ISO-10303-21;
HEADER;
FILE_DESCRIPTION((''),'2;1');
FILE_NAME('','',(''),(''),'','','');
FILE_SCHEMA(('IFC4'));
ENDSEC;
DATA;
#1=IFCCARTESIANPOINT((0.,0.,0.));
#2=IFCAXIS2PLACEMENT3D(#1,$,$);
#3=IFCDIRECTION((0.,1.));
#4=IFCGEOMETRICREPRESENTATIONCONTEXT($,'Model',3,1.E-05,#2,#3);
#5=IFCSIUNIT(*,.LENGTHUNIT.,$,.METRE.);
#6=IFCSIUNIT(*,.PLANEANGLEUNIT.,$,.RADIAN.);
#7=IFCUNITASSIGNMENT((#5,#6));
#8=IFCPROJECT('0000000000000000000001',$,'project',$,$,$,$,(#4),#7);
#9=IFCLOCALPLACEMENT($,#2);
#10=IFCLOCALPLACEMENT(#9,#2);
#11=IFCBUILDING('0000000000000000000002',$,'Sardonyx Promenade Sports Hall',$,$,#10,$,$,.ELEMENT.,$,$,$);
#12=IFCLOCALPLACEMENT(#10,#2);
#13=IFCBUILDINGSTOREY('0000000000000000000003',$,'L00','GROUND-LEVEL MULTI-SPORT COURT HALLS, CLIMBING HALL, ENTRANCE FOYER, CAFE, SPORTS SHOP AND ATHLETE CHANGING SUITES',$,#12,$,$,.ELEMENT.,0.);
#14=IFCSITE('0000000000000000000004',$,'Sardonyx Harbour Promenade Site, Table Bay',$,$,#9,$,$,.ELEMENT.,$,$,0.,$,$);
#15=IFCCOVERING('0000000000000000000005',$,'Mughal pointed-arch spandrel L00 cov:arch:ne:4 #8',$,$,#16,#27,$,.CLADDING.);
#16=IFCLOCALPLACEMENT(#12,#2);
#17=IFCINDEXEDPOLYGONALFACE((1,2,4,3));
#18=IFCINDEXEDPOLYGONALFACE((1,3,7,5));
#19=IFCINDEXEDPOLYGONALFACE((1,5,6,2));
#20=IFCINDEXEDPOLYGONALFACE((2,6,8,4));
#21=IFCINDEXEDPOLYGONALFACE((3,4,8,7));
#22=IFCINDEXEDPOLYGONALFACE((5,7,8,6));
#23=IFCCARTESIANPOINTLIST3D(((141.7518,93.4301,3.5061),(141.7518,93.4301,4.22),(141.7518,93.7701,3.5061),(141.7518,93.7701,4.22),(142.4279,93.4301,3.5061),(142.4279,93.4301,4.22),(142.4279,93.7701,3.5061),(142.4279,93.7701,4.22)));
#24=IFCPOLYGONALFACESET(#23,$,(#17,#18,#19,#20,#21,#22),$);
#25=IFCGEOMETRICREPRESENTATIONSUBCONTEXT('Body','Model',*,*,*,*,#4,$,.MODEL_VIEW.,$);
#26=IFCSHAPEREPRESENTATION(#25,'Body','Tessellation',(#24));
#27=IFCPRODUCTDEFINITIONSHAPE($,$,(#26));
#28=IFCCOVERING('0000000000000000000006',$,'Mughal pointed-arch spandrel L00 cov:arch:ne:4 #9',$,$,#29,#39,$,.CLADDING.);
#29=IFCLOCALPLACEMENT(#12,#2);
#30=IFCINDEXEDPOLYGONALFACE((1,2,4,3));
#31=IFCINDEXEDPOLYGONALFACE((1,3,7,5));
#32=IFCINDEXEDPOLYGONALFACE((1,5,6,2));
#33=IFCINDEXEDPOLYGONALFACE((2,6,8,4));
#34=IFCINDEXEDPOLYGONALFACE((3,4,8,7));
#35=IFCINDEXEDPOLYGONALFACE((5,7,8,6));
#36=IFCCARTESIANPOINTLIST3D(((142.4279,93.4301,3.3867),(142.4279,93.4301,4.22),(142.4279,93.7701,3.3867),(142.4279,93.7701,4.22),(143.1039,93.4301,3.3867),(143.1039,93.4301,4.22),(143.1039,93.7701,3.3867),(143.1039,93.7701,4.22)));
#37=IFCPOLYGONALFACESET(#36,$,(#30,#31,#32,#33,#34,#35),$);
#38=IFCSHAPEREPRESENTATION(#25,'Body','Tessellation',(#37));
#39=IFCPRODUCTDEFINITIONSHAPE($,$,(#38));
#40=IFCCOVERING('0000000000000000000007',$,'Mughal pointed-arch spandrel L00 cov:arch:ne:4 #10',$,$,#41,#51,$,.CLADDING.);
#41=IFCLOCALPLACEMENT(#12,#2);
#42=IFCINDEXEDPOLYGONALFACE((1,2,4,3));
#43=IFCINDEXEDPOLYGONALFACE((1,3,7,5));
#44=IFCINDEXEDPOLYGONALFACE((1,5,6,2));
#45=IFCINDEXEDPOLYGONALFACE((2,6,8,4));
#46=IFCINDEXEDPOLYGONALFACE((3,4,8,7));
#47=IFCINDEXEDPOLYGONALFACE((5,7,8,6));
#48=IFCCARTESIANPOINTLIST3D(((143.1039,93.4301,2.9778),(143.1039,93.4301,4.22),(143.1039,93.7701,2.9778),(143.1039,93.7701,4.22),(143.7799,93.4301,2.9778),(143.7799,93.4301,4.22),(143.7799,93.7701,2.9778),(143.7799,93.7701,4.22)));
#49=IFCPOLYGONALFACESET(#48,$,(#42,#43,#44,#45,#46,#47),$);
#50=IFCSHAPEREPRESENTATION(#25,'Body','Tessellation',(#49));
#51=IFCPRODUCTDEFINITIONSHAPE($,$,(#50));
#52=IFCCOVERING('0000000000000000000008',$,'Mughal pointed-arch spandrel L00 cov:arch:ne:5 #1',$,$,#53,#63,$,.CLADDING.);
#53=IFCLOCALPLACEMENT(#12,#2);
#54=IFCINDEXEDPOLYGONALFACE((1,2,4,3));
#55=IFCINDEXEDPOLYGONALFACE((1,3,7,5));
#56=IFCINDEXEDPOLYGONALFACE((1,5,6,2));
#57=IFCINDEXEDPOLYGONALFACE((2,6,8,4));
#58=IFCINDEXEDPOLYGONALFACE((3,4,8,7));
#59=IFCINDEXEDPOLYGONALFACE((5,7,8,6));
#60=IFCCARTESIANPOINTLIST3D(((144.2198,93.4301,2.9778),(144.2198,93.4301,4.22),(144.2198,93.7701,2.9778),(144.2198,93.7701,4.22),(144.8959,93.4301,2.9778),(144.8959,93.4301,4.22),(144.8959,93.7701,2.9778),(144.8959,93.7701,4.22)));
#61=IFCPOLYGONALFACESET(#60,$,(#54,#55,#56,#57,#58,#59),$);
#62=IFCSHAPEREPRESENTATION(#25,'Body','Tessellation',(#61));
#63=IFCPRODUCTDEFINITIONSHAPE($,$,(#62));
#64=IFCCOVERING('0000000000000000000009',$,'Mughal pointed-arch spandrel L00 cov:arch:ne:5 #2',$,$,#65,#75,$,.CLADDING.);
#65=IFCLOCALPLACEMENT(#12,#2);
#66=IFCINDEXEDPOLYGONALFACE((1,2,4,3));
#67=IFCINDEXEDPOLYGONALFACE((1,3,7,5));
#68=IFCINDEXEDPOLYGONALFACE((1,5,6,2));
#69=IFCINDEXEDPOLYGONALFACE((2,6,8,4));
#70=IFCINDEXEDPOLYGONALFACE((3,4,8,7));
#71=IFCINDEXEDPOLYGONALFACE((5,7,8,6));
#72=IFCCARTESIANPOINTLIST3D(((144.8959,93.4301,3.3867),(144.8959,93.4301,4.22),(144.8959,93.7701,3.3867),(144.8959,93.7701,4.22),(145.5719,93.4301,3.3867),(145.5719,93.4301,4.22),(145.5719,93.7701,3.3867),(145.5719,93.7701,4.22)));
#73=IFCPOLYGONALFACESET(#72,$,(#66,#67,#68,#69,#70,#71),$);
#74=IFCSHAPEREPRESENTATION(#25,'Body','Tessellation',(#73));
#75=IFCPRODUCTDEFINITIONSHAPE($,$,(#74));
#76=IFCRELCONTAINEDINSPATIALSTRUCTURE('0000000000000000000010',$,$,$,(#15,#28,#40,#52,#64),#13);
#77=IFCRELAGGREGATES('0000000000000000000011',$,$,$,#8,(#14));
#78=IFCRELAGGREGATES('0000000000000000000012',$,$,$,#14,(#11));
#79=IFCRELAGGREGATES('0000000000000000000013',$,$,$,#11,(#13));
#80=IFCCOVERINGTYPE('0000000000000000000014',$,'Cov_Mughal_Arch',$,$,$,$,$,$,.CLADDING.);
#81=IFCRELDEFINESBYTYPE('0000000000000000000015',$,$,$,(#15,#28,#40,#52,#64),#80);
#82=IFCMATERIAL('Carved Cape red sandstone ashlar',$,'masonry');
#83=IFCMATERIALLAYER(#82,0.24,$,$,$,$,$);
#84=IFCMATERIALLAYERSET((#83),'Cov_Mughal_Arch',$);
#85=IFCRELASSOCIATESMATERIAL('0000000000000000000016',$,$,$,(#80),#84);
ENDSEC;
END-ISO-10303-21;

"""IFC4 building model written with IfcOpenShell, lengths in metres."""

from ifc_helpers import new_model, si_unit, direction, frame, frame_2d, origin, place, context, subcontext, project, spatial, rectangle, extrude, material, layer, layer_set, type_object, element, save


model = new_model("IFC4")

# Units and contexts
model_context = context("Model", 3, precision=1e-05, world=origin(), true_north=direction((0.0, 1.0)))
body_context = subcontext(model_context, "Body", "Model", "MODEL_VIEW")
ifc_project = project(units=[si_unit("LENGTHUNIT", "METRE"), si_unit("PLANEANGLEUNIT", "RADIAN")], contexts=[model_context])

# Site, building, storey
site_placement = place(None, origin())
site = spatial("IfcSite", under=ifc_project, at=site_placement, Name="Sardonyx Harbour Promenade Site, Table Bay", CompositionType="ELEMENT", RefElevation=0.0)
building_placement = place(site_placement, origin())
building = spatial("IfcBuilding", under=site, at=building_placement, Name="Sardonyx Promenade Sports Hall", CompositionType="ELEMENT")
storey_placement = place(building_placement, origin())
storey = spatial("IfcBuildingStorey", under=building, at=storey_placement, Name="L00", Description="GROUND-LEVEL MULTI-SPORT COURT HALLS, CLIMBING HALL, ENTRANCE FOYER, CAFE, SPORTS SHOP AND ATHLETE CHANGING SUITES", CompositionType="ELEMENT", Elevation=0.0)

# Coverings
ifc_material_1 = material(Name="Carved Cape red sandstone ashlar", Category="masonry")
ifc_layer_1 = layer(ifc_material_1, 0.24)
ifc_layer_set_1 = layer_set([ifc_layer_1], Name="Cov_Mughal_Arch")
covering_type = type_object("IfcCoveringType", Name="Cov_Mughal_Arch", PredefinedType="CLADDING", material=ifc_layer_set_1)
covering_1_placement = place(storey_placement, frame((141.752, 93.6001, 3.5061), z_axis=(0.0, 0.0, 1.0), x_axis=(1.0, 0.0, 0.0)))
element("IfcCovering", 1, at=covering_1_placement, inside=storey, type_object=covering_type, Name="Mughal pointed-arch spandrel L00 cov:arch:ne:4 #8", PredefinedType="CLADDING", context=body_context, shape_type="SweptSolid", body=[
    extrude(rectangle(XDim=0.676, YDim=0.3401, at=frame_2d((0.3379, 0.0))), origin(), (0.0, 0.0, 1.0), 0.7139),
])
covering_2_placement = place(storey_placement, frame((142.428, 93.6001, 3.3867), z_axis=(0.0, 0.0, 1.0), x_axis=(1.0, 0.0, 0.0)))
element("IfcCovering", 2, at=covering_2_placement, inside=storey, type_object=covering_type, Name="Mughal pointed-arch spandrel L00 cov:arch:ne:4 #9", PredefinedType="CLADDING", context=body_context, shape_type="SweptSolid", body=[
    extrude(rectangle(XDim=0.676, YDim=0.3401, at=frame_2d((0.3379, 0.0))), origin(), (0.0, 0.0, 1.0), 0.8333),
])
for number, where, z_axis, x_axis, name in (
    (3, (143.104, 93.6001, 2.9778), (0.0, 0.0, 1.0), (1.0, 0.0, 0.0), "Mughal pointed-arch spandrel L00 cov:arch:ne:4 #10"),
    (4, (144.22, 93.6001, 2.9778), (0.0, 0.0, 1.0), (1.0, 0.0, 0.0), "Mughal pointed-arch spandrel L00 cov:arch:ne:5 #1"),
):
    element("IfcCovering", number, at=place(storey_placement, frame(where, z_axis=z_axis, x_axis=x_axis)), inside=storey, type_object=covering_type, Name=name, PredefinedType="CLADDING", context=body_context, shape_type="SweptSolid", body=[
        extrude(rectangle(XDim=0.676, YDim=0.3401, at=frame_2d((0.3379, 0.0))), origin(), (0.0, 0.0, 1.0), 1.2422),
    ])
covering_3_placement = place(storey_placement, frame((144.896, 93.6001, 3.3867), z_axis=(0.0, 0.0, 1.0), x_axis=(1.0, 0.0, 0.0)))
element("IfcCovering", 5, at=covering_3_placement, inside=storey, type_object=covering_type, Name="Mughal pointed-arch spandrel L00 cov:arch:ne:5 #2", PredefinedType="CLADDING", context=body_context, shape_type="SweptSolid", body=[
    extrude(rectangle(XDim=0.676, YDim=0.3401, at=frame_2d((0.3379, 0.0))), origin(), (0.0, 0.0, 1.0), 0.8333),
])

save(model, "model.ifc")
